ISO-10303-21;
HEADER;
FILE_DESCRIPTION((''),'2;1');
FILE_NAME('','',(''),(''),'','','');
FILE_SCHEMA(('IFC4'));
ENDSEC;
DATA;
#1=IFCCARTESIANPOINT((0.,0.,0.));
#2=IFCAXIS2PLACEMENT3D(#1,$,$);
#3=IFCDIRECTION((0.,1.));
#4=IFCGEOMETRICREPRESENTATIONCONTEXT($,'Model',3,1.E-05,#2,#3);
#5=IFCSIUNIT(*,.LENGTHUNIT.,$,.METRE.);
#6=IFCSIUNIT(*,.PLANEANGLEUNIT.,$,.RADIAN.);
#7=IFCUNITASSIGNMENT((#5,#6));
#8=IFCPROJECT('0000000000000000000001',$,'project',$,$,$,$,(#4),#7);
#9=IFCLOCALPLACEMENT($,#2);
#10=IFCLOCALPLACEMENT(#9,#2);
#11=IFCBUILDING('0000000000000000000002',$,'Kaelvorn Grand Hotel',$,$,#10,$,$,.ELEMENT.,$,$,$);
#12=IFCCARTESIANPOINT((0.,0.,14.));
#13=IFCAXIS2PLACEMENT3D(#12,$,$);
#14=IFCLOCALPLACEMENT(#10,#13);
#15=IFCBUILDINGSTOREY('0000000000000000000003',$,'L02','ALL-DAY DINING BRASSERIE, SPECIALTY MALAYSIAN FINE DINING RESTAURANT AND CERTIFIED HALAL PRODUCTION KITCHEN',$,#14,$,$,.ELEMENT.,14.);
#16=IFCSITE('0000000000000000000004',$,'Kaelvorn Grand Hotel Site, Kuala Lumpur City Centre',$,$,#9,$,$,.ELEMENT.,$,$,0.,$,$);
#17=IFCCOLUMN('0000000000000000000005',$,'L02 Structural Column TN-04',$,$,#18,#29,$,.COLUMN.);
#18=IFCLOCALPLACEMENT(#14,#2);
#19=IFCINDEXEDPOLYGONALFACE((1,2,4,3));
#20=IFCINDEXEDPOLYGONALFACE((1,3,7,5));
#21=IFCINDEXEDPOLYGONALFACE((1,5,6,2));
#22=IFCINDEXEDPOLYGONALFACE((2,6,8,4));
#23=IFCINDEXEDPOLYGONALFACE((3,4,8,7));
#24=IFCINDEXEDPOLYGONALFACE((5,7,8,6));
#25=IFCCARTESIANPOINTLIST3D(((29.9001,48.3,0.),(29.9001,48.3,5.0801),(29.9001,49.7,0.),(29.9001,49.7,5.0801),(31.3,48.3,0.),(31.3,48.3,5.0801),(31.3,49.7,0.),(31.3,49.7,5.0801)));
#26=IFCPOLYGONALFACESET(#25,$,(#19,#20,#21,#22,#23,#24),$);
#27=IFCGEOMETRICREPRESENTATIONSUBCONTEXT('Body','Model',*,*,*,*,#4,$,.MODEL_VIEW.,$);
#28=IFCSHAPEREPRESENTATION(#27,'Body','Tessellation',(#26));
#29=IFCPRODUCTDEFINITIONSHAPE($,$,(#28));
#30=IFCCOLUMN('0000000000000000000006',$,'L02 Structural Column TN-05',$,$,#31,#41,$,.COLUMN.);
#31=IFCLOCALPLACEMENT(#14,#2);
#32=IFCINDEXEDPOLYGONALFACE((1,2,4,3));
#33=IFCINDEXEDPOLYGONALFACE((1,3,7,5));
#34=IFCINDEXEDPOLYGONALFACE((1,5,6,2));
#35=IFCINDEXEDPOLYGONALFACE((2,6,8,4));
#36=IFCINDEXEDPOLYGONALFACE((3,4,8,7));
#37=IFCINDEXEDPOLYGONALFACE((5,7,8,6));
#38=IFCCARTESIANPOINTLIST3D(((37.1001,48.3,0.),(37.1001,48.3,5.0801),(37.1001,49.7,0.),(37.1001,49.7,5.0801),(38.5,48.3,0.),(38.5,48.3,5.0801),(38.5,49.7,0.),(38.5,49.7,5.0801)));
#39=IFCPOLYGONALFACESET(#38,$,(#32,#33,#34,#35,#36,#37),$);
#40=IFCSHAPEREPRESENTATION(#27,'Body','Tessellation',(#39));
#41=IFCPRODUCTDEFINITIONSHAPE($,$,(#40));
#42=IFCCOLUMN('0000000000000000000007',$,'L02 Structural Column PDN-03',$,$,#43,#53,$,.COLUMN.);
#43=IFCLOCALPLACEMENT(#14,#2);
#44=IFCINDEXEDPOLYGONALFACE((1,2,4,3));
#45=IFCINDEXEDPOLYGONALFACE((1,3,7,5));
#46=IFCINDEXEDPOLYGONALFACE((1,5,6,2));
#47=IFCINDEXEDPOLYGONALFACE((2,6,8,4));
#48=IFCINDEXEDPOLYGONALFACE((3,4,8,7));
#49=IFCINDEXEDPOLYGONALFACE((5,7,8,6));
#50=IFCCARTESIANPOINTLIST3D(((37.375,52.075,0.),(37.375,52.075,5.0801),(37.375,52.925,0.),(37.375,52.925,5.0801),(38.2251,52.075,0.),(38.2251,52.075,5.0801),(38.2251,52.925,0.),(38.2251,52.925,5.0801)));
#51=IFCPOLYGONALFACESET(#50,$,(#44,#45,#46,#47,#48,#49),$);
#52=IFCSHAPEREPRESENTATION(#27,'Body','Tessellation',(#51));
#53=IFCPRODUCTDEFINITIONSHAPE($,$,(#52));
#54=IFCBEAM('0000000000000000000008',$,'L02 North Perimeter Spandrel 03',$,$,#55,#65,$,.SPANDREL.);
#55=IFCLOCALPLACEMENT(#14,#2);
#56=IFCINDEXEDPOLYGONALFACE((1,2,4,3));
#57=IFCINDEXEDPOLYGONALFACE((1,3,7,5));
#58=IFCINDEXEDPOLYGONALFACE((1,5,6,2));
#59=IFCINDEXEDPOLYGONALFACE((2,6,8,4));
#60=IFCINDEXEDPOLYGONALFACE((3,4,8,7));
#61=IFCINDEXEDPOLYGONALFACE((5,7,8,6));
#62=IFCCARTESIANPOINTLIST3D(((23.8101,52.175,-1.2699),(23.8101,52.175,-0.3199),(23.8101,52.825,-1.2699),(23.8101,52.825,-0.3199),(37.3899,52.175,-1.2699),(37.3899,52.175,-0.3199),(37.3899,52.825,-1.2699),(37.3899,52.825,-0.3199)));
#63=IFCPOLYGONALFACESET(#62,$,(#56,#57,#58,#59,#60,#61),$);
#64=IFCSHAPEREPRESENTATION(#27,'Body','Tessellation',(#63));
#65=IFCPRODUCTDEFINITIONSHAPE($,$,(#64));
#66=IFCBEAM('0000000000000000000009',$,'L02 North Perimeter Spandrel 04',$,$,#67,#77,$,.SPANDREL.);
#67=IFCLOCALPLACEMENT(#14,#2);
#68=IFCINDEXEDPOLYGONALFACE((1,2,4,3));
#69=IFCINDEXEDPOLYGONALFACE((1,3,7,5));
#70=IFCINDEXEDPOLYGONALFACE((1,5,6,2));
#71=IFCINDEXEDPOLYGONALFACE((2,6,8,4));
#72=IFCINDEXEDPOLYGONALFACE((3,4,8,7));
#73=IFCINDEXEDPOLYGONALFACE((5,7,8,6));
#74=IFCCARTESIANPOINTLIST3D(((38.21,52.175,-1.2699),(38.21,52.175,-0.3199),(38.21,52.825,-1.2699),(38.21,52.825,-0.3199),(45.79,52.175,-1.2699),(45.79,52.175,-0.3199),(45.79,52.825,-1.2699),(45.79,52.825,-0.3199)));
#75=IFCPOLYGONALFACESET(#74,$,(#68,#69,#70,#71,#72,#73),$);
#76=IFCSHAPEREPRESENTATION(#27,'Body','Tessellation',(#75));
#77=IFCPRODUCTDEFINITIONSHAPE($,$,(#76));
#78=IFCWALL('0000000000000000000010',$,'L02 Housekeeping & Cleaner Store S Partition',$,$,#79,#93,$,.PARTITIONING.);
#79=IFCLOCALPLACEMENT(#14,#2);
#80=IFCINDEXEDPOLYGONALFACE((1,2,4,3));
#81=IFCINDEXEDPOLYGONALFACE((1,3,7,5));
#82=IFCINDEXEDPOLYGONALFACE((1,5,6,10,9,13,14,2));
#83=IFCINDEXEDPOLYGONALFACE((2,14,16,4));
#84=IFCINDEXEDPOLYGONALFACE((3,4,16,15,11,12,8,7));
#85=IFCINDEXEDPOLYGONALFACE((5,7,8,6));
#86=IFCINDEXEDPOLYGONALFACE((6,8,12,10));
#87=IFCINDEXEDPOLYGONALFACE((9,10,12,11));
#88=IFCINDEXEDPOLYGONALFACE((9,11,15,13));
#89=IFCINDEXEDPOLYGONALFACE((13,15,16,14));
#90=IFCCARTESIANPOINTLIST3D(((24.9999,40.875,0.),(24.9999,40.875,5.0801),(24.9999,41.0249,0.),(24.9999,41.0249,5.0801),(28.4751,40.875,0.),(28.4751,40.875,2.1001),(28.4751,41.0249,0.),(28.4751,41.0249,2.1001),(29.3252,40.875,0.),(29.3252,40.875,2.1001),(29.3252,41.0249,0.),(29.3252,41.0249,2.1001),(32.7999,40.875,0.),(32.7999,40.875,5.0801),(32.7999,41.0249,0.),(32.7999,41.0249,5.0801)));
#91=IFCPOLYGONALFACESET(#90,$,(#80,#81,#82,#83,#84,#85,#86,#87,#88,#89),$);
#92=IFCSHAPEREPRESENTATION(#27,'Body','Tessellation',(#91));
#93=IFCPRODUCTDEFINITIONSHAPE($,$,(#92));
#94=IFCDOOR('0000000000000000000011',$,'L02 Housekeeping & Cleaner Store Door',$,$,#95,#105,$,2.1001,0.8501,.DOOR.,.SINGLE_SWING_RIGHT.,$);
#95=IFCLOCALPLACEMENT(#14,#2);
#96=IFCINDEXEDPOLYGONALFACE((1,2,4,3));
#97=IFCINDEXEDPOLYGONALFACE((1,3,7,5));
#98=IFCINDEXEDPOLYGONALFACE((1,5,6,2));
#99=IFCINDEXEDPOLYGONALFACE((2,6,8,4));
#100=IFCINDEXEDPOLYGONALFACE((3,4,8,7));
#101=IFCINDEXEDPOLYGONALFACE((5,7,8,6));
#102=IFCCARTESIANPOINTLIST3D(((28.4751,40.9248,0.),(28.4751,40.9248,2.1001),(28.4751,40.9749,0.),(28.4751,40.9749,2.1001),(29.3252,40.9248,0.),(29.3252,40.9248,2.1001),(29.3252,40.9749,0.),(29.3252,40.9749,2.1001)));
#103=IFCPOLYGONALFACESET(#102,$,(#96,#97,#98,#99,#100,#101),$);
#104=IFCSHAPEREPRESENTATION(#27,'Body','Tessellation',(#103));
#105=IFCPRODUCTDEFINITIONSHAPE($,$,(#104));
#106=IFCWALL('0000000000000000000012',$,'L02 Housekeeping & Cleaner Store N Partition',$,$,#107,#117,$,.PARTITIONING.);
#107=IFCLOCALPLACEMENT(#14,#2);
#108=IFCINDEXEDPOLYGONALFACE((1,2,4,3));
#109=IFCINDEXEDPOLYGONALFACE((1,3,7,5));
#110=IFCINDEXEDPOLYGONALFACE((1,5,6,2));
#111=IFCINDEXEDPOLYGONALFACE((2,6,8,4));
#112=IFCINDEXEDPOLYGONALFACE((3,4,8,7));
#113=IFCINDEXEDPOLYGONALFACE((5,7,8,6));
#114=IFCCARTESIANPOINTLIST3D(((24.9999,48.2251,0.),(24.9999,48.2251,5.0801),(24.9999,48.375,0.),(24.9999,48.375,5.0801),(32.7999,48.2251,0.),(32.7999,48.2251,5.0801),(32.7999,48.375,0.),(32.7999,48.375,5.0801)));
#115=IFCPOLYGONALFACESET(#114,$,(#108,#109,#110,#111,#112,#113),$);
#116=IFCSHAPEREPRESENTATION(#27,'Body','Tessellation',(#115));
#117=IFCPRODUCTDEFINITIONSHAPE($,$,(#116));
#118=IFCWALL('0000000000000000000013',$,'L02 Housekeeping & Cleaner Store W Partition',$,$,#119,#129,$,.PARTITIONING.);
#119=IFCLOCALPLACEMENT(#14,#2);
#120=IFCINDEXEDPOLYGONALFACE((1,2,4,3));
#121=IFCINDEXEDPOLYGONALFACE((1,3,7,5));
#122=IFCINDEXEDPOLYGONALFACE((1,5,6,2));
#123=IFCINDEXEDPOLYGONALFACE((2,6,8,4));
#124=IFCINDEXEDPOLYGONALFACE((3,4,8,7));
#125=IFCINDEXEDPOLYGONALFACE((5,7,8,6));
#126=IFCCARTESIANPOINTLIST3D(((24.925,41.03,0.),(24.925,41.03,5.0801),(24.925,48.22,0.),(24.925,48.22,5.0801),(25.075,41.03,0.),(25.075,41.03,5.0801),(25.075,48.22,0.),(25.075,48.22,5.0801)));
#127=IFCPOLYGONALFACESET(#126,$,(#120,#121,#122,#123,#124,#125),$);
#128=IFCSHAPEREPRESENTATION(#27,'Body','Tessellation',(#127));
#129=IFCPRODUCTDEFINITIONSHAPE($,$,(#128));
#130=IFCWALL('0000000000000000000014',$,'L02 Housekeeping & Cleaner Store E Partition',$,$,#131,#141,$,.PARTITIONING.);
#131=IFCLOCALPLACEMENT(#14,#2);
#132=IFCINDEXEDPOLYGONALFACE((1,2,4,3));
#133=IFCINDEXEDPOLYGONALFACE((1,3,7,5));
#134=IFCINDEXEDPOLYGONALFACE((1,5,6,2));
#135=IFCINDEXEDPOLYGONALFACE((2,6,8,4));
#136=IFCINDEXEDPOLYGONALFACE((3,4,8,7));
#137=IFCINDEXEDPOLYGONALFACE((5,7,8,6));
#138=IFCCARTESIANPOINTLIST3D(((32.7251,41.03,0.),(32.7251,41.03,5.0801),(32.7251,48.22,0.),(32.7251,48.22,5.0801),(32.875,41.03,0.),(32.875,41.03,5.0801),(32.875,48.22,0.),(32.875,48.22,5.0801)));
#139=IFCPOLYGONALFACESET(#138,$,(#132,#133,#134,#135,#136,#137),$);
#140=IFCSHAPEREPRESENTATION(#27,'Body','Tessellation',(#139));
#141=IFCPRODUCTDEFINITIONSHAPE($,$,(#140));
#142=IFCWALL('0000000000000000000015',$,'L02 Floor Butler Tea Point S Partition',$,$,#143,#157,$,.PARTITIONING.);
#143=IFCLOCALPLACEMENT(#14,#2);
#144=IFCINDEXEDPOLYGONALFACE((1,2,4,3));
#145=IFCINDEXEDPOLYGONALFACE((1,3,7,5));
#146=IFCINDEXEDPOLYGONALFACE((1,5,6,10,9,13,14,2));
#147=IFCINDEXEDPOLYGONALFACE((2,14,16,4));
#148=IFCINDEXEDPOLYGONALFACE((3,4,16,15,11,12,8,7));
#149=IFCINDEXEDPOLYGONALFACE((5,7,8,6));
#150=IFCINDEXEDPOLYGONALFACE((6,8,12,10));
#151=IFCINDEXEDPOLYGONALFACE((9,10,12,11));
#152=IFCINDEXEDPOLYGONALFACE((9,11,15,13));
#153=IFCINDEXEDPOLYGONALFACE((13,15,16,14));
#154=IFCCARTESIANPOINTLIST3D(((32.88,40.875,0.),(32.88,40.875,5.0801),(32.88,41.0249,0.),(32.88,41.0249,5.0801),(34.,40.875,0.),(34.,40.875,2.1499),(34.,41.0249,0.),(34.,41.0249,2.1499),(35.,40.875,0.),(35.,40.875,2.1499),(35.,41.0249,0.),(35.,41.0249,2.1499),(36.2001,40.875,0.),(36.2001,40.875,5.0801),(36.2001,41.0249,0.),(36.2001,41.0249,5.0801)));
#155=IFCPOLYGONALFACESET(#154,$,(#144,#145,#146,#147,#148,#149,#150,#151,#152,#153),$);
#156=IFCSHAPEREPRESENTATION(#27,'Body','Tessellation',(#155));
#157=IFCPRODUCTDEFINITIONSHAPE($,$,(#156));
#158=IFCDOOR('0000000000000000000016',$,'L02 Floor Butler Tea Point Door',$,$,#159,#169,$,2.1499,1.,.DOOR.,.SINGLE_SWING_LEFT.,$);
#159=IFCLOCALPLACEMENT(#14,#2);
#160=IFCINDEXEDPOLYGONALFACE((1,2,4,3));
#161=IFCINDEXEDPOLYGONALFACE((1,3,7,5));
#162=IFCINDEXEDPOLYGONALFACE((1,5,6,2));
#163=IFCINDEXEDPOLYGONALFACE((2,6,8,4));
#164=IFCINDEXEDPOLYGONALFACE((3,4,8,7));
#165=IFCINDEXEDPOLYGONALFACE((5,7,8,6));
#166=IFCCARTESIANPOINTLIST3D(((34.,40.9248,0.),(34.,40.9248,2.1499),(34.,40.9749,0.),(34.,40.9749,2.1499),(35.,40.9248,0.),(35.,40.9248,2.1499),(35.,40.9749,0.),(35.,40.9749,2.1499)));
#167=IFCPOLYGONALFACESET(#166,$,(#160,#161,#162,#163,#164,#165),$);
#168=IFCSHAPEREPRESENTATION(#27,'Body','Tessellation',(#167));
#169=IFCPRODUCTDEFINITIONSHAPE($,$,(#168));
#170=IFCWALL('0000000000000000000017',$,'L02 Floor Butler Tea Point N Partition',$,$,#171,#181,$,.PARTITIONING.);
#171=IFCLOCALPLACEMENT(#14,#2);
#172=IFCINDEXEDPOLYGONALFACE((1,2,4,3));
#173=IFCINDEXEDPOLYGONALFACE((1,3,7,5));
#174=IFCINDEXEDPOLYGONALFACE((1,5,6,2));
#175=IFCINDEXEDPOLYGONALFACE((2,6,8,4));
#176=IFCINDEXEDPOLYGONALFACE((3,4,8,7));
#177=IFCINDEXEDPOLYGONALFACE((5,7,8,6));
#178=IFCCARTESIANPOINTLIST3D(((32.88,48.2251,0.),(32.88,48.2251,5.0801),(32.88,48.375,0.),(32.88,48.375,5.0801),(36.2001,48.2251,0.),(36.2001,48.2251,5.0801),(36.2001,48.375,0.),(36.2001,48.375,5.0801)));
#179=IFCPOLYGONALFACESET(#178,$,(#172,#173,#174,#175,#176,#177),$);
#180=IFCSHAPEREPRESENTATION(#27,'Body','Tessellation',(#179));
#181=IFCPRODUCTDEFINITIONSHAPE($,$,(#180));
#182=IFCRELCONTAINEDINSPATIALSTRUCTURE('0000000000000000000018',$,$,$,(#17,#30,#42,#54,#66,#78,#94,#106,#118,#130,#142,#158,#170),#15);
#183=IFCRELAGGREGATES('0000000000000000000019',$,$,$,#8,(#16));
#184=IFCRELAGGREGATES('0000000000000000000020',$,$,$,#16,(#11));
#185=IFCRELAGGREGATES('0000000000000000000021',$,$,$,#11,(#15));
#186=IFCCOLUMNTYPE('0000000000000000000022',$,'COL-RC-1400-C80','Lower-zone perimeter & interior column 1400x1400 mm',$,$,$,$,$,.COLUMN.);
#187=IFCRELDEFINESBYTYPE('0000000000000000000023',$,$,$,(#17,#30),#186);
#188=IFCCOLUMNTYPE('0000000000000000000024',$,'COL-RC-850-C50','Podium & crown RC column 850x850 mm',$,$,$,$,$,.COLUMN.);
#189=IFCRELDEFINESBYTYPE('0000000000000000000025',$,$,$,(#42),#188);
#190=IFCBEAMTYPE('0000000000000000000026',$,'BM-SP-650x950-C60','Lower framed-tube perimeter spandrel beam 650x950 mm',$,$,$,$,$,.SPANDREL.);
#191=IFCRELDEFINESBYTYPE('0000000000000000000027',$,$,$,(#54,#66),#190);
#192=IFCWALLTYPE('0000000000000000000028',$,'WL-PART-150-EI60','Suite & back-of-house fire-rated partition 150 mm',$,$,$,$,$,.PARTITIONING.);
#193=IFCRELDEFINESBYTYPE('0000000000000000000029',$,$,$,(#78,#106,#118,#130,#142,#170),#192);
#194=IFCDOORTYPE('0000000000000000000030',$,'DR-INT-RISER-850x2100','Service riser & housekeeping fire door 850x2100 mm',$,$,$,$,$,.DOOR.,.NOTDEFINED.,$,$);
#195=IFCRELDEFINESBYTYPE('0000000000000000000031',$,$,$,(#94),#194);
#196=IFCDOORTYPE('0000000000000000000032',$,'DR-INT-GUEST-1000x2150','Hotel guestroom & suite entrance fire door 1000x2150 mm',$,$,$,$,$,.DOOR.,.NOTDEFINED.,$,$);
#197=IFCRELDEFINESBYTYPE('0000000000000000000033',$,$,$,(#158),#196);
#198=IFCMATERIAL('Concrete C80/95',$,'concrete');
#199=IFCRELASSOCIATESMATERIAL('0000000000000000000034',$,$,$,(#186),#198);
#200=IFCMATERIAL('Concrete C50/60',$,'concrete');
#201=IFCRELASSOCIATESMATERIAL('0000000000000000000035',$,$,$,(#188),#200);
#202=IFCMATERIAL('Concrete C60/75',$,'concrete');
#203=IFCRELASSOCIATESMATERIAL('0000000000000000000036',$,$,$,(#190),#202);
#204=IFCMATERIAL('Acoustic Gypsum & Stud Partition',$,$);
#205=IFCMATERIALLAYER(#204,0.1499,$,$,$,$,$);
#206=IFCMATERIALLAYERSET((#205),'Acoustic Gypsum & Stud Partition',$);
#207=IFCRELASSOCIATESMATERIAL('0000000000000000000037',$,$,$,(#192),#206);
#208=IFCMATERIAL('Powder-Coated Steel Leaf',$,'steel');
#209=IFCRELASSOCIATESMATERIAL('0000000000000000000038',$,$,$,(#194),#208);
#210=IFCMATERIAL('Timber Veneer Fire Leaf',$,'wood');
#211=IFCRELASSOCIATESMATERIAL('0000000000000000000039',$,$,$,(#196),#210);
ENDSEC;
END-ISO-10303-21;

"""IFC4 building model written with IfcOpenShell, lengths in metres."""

from ifc_helpers import new_model, si_unit, direction, frame, frame_2d, origin, origin_2d, place, context, subcontext, project, spatial, rectangle, extrude, material, layer, layer_set, material_profile, profile_set, type_object, element, fill, save


model = new_model("IFC4")

# Units and contexts
model_context = context("Model", 3, precision=1e-05, world=origin(), true_north=direction((0.0, 1.0)))
body_context = subcontext(model_context, "Body", "Model", "MODEL_VIEW")
ifc_project = project(units=[si_unit("LENGTHUNIT", "METRE"), si_unit("PLANEANGLEUNIT", "RADIAN")], contexts=[model_context])

# Site, building, storey
site_placement = place(None, origin())
site = spatial("IfcSite", under=ifc_project, at=site_placement, Name="Kaelvorn Grand Hotel Site, Kuala Lumpur City Centre", CompositionType="ELEMENT", RefElevation=0.0)
building_placement = place(site_placement, origin())
building = spatial("IfcBuilding", under=site, at=building_placement, Name="Kaelvorn Grand Hotel", CompositionType="ELEMENT")
storey_placement = place(building_placement, frame((0.0, 0.0, 14.0)))
storey = spatial("IfcBuildingStorey", under=building, at=storey_placement, Name="L02", Description="ALL-DAY DINING BRASSERIE, SPECIALTY MALAYSIAN FINE DINING RESTAURANT AND CERTIFIED HALAL PRODUCTION KITCHEN", CompositionType="ELEMENT", Elevation=14.0)

# Columns
ifc_material_1 = material(Name="Concrete C80/95", Category="concrete")
ifc_material_profile_1 = material_profile(ifc_material_1, rectangle(XDim=1.3999, YDim=1.3999, at=origin_2d()), Name="RC COL 1400x1400")
ifc_profile_set_1 = profile_set([ifc_material_profile_1], Name="Concrete C80/95")
column_type_1 = type_object("IfcColumnType", Name="COL-RC-1400-C80", Description="Lower-zone perimeter & interior column 1400x1400 mm", PredefinedType="COLUMN", material=ifc_profile_set_1)
for number, where, z_axis, x_axis, name in (
    (1, (30.6001, 49.0, 0.0), (0.0, 0.0, 1.0), (1.0, 0.0, 0.0), "L02 Structural Column TN-04"),
    (2, (37.8, 49.0, 0.0), (0.0, 0.0, 1.0), (1.0, 0.0, 0.0), "L02 Structural Column TN-05"),
):
    element("IfcColumn", number, at=place(storey_placement, frame(where, z_axis=z_axis, x_axis=x_axis)), inside=storey, type_object=column_type_1, Name=name, PredefinedType="COLUMN", context=body_context, shape_type="SweptSolid", body=[
        extrude(rectangle(XDim=1.3999, YDim=1.3999, at=origin_2d()), origin(), (0.0, 0.0, 1.0), 5.0801),
    ])
ifc_material_2 = material(Name="Concrete C50/60", Category="concrete")
ifc_material_profile_2 = material_profile(ifc_material_2, rectangle(XDim=0.8501, YDim=0.8501, at=origin_2d()), Name="RC COL 850x850")
ifc_profile_set_2 = profile_set([ifc_material_profile_2], Name="Concrete C50/60")
column_type_2 = type_object("IfcColumnType", Name="COL-RC-850-C50", Description="Podium & crown RC column 850x850 mm", PredefinedType="COLUMN", material=ifc_profile_set_2)
column_placement = place(storey_placement, frame((37.8, 52.5, 0.0), z_axis=(0.0, 0.0, 1.0), x_axis=(1.0, 0.0, 0.0)))
element("IfcColumn", 3, at=column_placement, inside=storey, type_object=column_type_2, Name="L02 Structural Column PDN-03", PredefinedType="COLUMN", context=body_context, shape_type="SweptSolid", body=[
    extrude(rectangle(XDim=0.8501, YDim=0.8501, at=origin_2d()), origin(), (0.0, 0.0, 1.0), 5.0801),
])

# Beams
ifc_material_3 = material(Name="Concrete C60/75", Category="concrete")
ifc_material_profile_3 = material_profile(ifc_material_3, rectangle(XDim=0.6499, YDim=0.95, at=origin_2d()), Name="RC SPANDREL 650x950")
ifc_profile_set_3 = profile_set([ifc_material_profile_3], Name="Concrete C60/75")
beam_type = type_object("IfcBeamType", Name="BM-SP-650x950-C60", Description="Lower framed-tube perimeter spandrel beam 650x950 mm", PredefinedType="SPANDREL", material=ifc_profile_set_3)
beam_1_placement = place(storey_placement, frame((23.8101, 52.5, -0.7949), z_axis=(1.0, 0.0, 0.0), x_axis=(0.0, 1.0, 0.0)))
element("IfcBeam", 4, at=beam_1_placement, inside=storey, type_object=beam_type, Name="L02 North Perimeter Spandrel 03", PredefinedType="SPANDREL", context=body_context, shape_type="SweptSolid", body=[
    extrude(rectangle(XDim=0.6499, YDim=0.95, at=origin_2d()), origin(), (0.0, 0.0, 1.0), 13.5798),
])
beam_2_placement = place(storey_placement, frame((38.21, 52.5, -0.7949), z_axis=(1.0, 0.0, 0.0), x_axis=(0.0, 1.0, 0.0)))
element("IfcBeam", 5, at=beam_2_placement, inside=storey, type_object=beam_type, Name="L02 North Perimeter Spandrel 04", PredefinedType="SPANDREL", context=body_context, shape_type="SweptSolid", body=[
    extrude(rectangle(XDim=0.6499, YDim=0.95, at=origin_2d()), origin(), (0.0, 0.0, 1.0), 7.5801),
])

# Wall, opening, door
ifc_material_4 = material(Name="Acoustic Gypsum & Stud Partition")
ifc_layer_1 = layer(ifc_material_4, 0.1499)
ifc_layer_set_1 = layer_set([ifc_layer_1], Name="Acoustic Gypsum & Stud Partition")
wall_type_1 = type_object("IfcWallType", Name="WL-PART-150-EI60", Description="Suite & back-of-house fire-rated partition 150 mm", PredefinedType="PARTITIONING", material=ifc_layer_set_1)
wall_1_placement = place(storey_placement, frame((25.0, 40.95, 0.0), z_axis=(0.0, 0.0, 1.0), x_axis=(1.0, 0.0, 0.0)))
wall_1 = element("IfcWall", 6, at=wall_1_placement, inside=storey, type_object=wall_type_1, Name="L02 Housekeeping & Cleaner Store S Partition", PredefinedType="PARTITIONING", context=body_context, shape_type="SweptSolid", body=[
    extrude(rectangle(XDim=7.8, YDim=0.1499, at=frame_2d((3.8999, 0.0))), origin(), (0.0, 0.0, 1.0), 5.0801),
])
opening_1_placement = place(wall_1_placement, frame((3.4751, 0.0, 0.0)))
opening_1 = element("IfcOpeningElement", 7, at=opening_1_placement, cuts=wall_1, PredefinedType="OPENING", context=body_context, shape_type="SweptSolid", body=[
    extrude(rectangle(XDim=0.8501, YDim=2.1001, at=frame_2d((0.425, 1.05))), frame((0.0, 0.085, 0.0), z_axis=(0.0, -1.0, 0.0), x_axis=(1.0, 0.0, 0.0)), (0.0, 0.0, 1.0), 0.1699),
])
ifc_material_5 = material(Name="Powder-Coated Steel Leaf", Category="steel")
door_type_1 = type_object("IfcDoorType", Name="DR-INT-RISER-850x2100", Description="Service riser & housekeeping fire door 850x2100 mm", OperationType="NOTDEFINED", PredefinedType="DOOR", material=ifc_material_5)
door_1_placement = place(opening_1_placement, origin())
door_1 = element("IfcDoor", 8, at=door_1_placement, inside=storey, type_object=door_type_1, Name="L02 Housekeeping & Cleaner Store Door", OperationType="SINGLE_SWING_RIGHT", OverallHeight=2.1001, OverallWidth=0.8501, PredefinedType="DOOR", context=body_context, shape_type="SweptSolid", body=[
    extrude(rectangle(XDim=0.8501, YDim=2.1001, at=frame_2d((0.425, 1.05))), frame((0.0, 0.0249, 0.0), z_axis=(0.0, -1.0, 0.0), x_axis=(1.0, 0.0, 0.0)), (0.0, 0.0, 1.0), 0.05),
])
fill(opening_1, door_1)

# Walls
wall_2_placement = place(storey_placement, frame((25.0, 48.3, 0.0), z_axis=(0.0, 0.0, 1.0), x_axis=(1.0, 0.0, 0.0)))
element("IfcWall", 9, at=wall_2_placement, inside=storey, type_object=wall_type_1, Name="L02 Housekeeping & Cleaner Store N Partition", PredefinedType="PARTITIONING", context=body_context, shape_type="SweptSolid", body=[
    extrude(rectangle(XDim=7.8, YDim=0.1499, at=frame_2d((3.8999, 0.0))), origin(), (0.0, 0.0, 1.0), 5.0801),
])
for number, where, z_axis, x_axis, name in (
    (10, (25.0, 41.03, 0.0), (0.0, 0.0, 1.0), (0.0, 1.0, 0.0), "L02 Housekeeping & Cleaner Store W Partition"),
    (11, (32.8, 41.03, 0.0), (0.0, 0.0, 1.0), (0.0, 1.0, 0.0), "L02 Housekeeping & Cleaner Store E Partition"),
):
    element("IfcWall", number, at=place(storey_placement, frame(where, z_axis=z_axis, x_axis=x_axis)), inside=storey, type_object=wall_type_1, Name=name, PredefinedType="PARTITIONING", context=body_context, shape_type="SweptSolid", body=[
        extrude(rectangle(XDim=7.1899, YDim=0.1499, at=frame_2d((3.595, 0.0))), origin(), (0.0, 0.0, 1.0), 5.0801),
    ])

# Wall, opening, door
wall_3_placement = place(storey_placement, frame((32.8799, 40.95, 0.0), z_axis=(0.0, 0.0, 1.0), x_axis=(1.0, 0.0, 0.0)))
wall_3 = element("IfcWall", 12, at=wall_3_placement, inside=storey, type_object=wall_type_1, Name="L02 Floor Butler Tea Point S Partition", PredefinedType="PARTITIONING", context=body_context, shape_type="SweptSolid", body=[
    extrude(rectangle(XDim=3.3201, YDim=0.1499, at=frame_2d((1.6602, 0.0))), origin(), (0.0, 0.0, 1.0), 5.0801),
])
opening_2_placement = place(wall_3_placement, frame((1.1201, 0.0, 0.0)))
opening_2 = element("IfcOpeningElement", 13, at=opening_2_placement, cuts=wall_3, PredefinedType="OPENING", context=body_context, shape_type="SweptSolid", body=[
    extrude(rectangle(XDim=1.0, YDim=2.1499, at=frame_2d((0.5, 1.075))), frame((0.0, 0.085, 0.0), z_axis=(0.0, -1.0, 0.0), x_axis=(1.0, 0.0, 0.0)), (0.0, 0.0, 1.0), 0.1699),
])
ifc_material_6 = material(Name="Timber Veneer Fire Leaf", Category="wood")
door_type_2 = type_object("IfcDoorType", Name="DR-INT-GUEST-1000x2150", Description="Hotel guestroom & suite entrance fire door 1000x2150 mm", OperationType="NOTDEFINED", PredefinedType="DOOR", material=ifc_material_6)
door_2_placement = place(opening_2_placement, origin())
door_2 = element("IfcDoor", 14, at=door_2_placement, inside=storey, type_object=door_type_2, Name="L02 Floor Butler Tea Point Door", OperationType="SINGLE_SWING_LEFT", OverallHeight=2.1499, OverallWidth=1.0, PredefinedType="DOOR", context=body_context, shape_type="SweptSolid", body=[
    extrude(rectangle(XDim=1.0, YDim=2.1499, at=frame_2d((0.5, 1.075))), frame((0.0, 0.0249, 0.0), z_axis=(0.0, -1.0, 0.0), x_axis=(1.0, 0.0, 0.0)), (0.0, 0.0, 1.0), 0.05),
])
fill(opening_2, door_2)

# Wall
wall_4_placement = place(storey_placement, frame((32.8799, 48.3, 0.0), z_axis=(0.0, 0.0, 1.0), x_axis=(1.0, 0.0, 0.0)))
element("IfcWall", 15, at=wall_4_placement, inside=storey, type_object=wall_type_1, Name="L02 Floor Butler Tea Point N Partition", PredefinedType="PARTITIONING", context=body_context, shape_type="SweptSolid", body=[
    extrude(rectangle(XDim=3.3201, YDim=0.1499, at=frame_2d((1.6602, 0.0))), origin(), (0.0, 0.0, 1.0), 5.0801),
])

save(model, "model.ifc")
